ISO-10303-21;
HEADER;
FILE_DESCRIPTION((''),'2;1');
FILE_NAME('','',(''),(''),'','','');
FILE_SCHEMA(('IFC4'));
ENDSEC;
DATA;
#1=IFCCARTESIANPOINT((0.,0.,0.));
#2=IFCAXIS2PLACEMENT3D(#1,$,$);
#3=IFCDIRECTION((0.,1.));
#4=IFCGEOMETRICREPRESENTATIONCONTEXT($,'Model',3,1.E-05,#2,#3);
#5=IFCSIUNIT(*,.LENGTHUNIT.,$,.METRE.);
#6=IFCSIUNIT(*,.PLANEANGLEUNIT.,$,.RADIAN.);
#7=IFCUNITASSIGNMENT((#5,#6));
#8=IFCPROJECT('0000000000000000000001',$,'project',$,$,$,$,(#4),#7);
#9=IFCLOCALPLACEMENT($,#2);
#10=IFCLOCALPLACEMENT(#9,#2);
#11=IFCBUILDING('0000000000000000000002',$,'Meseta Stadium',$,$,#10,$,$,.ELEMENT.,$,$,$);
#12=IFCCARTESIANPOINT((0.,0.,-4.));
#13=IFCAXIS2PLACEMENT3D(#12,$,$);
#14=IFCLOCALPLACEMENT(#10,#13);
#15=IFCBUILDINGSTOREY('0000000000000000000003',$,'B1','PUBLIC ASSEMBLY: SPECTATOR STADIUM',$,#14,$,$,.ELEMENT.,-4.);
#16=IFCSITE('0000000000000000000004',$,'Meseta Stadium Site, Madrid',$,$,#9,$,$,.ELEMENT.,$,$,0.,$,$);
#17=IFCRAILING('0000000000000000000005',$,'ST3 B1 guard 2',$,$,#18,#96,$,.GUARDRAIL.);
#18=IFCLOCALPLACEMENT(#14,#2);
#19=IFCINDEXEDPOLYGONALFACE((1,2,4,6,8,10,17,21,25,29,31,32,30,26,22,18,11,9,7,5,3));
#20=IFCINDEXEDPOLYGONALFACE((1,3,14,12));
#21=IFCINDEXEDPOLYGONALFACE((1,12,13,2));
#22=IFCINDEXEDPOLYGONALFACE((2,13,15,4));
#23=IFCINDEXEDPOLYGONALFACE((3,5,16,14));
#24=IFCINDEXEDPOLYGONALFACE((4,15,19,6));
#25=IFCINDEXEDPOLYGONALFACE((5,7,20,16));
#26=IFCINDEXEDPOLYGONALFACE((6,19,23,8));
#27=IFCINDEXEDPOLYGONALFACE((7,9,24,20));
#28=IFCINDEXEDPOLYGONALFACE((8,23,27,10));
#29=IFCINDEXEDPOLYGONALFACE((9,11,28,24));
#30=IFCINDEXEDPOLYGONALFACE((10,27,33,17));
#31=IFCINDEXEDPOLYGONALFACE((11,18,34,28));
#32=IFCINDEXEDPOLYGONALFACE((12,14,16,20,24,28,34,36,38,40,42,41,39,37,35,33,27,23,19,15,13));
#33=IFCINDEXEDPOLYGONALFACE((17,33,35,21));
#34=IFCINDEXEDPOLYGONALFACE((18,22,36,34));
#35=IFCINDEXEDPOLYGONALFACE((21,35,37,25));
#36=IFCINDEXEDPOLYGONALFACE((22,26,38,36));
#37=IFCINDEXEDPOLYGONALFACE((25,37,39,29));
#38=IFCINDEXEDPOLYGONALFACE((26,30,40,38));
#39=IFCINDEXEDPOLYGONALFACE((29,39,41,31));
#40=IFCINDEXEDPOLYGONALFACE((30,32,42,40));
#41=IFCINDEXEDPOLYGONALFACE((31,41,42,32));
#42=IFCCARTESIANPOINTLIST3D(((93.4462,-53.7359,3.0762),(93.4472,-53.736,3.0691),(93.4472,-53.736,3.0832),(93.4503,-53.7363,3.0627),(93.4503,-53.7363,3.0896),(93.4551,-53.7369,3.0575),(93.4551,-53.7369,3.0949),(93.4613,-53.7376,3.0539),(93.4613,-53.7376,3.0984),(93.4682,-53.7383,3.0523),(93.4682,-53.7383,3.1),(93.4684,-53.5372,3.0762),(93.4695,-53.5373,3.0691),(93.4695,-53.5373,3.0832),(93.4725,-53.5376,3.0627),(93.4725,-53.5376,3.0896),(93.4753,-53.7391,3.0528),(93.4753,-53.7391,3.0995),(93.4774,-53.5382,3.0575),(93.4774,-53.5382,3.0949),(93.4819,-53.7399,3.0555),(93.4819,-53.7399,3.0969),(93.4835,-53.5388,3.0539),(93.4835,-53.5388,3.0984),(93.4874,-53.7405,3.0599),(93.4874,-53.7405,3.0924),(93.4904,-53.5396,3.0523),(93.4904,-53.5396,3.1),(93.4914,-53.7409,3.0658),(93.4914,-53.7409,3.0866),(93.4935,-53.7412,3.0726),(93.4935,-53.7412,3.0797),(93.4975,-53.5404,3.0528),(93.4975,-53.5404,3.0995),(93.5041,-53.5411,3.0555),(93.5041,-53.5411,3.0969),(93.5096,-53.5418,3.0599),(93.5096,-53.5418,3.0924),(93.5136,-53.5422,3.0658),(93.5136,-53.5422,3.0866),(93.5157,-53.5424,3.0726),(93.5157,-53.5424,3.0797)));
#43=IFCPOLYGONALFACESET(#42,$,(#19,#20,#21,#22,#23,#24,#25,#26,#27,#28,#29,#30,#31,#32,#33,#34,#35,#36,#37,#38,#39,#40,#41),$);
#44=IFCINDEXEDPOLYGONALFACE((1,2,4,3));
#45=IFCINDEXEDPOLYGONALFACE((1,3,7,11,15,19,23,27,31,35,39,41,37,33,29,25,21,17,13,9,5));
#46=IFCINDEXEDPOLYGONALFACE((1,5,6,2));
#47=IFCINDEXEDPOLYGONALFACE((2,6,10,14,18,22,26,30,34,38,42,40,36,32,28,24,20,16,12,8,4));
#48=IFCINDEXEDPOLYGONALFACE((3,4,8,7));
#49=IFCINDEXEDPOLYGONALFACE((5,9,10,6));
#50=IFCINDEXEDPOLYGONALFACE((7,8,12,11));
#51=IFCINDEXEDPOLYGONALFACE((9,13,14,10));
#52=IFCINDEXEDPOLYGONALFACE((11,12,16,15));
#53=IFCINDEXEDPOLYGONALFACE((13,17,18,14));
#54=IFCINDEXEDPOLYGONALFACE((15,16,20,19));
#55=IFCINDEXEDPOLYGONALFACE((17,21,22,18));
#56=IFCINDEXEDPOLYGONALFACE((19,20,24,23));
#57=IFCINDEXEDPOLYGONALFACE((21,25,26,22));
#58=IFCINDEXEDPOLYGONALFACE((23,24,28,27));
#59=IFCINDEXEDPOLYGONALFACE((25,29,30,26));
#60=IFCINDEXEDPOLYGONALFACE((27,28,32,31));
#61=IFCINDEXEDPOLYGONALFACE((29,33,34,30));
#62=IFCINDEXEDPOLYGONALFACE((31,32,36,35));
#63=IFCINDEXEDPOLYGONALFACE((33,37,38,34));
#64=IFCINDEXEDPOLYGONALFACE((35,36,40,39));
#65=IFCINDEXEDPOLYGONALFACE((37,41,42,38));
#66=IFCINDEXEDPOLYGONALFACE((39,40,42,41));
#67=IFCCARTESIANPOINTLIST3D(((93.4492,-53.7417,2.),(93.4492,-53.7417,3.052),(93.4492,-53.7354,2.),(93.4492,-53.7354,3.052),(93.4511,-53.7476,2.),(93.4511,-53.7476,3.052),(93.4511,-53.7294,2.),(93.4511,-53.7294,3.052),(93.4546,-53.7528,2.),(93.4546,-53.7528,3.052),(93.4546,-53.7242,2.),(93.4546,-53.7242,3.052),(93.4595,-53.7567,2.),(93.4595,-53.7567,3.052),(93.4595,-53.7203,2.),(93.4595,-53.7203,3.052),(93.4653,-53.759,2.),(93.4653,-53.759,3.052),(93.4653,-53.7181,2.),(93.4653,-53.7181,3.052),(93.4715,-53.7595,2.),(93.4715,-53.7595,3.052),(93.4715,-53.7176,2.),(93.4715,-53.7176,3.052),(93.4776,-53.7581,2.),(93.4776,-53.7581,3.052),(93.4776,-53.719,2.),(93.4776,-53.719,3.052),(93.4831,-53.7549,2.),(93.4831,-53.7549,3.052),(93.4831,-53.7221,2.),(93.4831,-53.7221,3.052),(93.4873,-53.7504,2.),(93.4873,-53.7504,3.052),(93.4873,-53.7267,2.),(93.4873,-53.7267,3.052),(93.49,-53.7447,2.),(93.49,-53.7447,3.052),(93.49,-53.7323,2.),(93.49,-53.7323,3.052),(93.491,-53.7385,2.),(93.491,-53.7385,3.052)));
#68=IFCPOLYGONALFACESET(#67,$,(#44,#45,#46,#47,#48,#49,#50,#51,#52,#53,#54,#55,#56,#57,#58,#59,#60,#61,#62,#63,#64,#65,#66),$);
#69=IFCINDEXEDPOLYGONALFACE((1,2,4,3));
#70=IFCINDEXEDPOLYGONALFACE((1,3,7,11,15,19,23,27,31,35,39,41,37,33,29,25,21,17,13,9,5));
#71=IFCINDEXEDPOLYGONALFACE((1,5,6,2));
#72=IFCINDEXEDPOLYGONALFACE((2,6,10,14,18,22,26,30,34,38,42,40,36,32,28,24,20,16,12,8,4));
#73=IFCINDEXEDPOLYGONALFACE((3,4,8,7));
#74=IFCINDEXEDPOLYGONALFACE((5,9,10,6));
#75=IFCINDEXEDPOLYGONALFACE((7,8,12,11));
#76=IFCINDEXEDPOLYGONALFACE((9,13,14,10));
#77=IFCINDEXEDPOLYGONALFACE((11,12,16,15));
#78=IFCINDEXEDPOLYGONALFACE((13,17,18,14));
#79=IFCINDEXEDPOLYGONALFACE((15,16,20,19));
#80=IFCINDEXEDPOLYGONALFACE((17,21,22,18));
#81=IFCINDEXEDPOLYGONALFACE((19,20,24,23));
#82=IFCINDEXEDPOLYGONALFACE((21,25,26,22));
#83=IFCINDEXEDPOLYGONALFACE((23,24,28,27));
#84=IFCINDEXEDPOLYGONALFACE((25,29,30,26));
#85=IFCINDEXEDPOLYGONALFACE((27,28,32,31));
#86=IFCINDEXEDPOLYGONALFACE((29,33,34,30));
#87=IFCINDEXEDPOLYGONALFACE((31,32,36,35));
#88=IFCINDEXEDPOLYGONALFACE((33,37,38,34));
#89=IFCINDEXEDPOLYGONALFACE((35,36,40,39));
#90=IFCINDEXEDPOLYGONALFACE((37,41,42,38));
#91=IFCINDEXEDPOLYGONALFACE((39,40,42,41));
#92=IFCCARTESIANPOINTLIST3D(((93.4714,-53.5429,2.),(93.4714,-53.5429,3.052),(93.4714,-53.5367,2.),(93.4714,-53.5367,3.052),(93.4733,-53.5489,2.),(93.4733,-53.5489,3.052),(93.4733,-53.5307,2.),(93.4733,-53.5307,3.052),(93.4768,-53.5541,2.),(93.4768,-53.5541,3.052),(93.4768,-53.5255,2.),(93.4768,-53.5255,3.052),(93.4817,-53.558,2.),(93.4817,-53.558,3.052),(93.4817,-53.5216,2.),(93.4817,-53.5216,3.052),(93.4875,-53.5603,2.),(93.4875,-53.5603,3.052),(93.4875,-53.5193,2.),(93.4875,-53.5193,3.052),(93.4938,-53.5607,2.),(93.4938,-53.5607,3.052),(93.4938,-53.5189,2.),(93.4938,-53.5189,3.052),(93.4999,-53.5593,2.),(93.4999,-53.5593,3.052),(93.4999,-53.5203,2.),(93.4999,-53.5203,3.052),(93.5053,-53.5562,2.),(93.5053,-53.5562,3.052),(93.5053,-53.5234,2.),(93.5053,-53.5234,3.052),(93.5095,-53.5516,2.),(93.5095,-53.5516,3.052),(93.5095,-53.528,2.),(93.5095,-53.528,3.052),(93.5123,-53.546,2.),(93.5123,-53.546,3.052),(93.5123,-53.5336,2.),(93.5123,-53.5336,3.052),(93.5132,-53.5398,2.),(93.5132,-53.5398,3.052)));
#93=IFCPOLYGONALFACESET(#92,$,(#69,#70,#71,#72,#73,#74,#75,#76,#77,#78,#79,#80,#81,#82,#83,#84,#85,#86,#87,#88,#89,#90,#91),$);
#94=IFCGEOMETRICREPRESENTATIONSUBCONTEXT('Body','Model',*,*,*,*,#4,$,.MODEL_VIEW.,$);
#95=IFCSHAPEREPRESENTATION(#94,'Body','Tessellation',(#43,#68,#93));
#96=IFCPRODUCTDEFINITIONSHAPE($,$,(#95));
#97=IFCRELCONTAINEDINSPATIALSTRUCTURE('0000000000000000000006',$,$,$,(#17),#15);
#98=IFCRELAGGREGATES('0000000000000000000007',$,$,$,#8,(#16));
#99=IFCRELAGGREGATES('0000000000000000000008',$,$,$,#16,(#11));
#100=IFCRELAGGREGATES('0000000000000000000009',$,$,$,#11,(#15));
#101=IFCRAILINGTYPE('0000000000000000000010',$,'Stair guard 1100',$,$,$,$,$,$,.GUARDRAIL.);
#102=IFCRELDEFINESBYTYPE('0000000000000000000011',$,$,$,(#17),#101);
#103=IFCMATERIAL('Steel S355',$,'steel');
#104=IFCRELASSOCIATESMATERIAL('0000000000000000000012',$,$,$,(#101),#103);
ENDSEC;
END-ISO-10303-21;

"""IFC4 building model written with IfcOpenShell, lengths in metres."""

from ifc_helpers import new_model, si_unit, direction, frame, origin, origin_2d, place, context, subcontext, project, spatial, circle, extrude, material, type_object, element, save


model = new_model("IFC4")

# Units and contexts
model_context = context("Model", 3, precision=1e-05, world=origin(), true_north=direction((0.0, 1.0)))
body_context = subcontext(model_context, "Body", "Model", "MODEL_VIEW")
ifc_project = project(units=[si_unit("LENGTHUNIT", "METRE"), si_unit("PLANEANGLEUNIT", "RADIAN")], contexts=[model_context])

# Site, building, storey
site_placement = place(None, origin())
site = spatial("IfcSite", under=ifc_project, at=site_placement, Name="Meseta Stadium Site, Madrid", CompositionType="ELEMENT", RefElevation=0.0)
building_placement = place(site_placement, origin())
building = spatial("IfcBuilding", under=site, at=building_placement, Name="Meseta Stadium", CompositionType="ELEMENT")
storey_placement = place(building_placement, frame((0.0, 0.0, -4.0)))
storey = spatial("IfcBuildingStorey", under=building, at=storey_placement, Name="B1", Description="PUBLIC ASSEMBLY: SPECTATOR STADIUM", CompositionType="ELEMENT", Elevation=-4.0)

# Railing
ifc_material_1 = material(Name="Steel S355", Category="steel")
railing_type_1 = type_object("IfcRailingType", Name="Stair guard 1100", PredefinedType="GUARDRAIL", material=ifc_material_1)
railing_1_placement = place(storey_placement, frame((93.47, -53.7385, 2.0)))
element("IfcRailing", 1, at=railing_1_placement, inside=storey, type_object=railing_type_1, Name="ST3 B1 guard 2", PredefinedType="GUARDRAIL", context=body_context, shape_type="SweptSolid", body=[
    extrude(circle(Radius=0.0239, at=origin_2d()), frame((0.0, 0.0, 1.0762), z_axis=(0.111102, 0.993809, 0.0), x_axis=(-0.993809, 0.111102, 0.0)), (0.0, 0.0, 1.0), 0.2),
    extrude(circle(Radius=0.021, at=origin_2d()), origin(), (0.0, 0.0, 1.0), 1.052),
    extrude(circle(Radius=0.021, at=origin_2d()), frame((0.0222, 0.1987, 0.0)), (0.0, 0.0, 1.0), 1.052),
])

save(model, "model.ifc")
